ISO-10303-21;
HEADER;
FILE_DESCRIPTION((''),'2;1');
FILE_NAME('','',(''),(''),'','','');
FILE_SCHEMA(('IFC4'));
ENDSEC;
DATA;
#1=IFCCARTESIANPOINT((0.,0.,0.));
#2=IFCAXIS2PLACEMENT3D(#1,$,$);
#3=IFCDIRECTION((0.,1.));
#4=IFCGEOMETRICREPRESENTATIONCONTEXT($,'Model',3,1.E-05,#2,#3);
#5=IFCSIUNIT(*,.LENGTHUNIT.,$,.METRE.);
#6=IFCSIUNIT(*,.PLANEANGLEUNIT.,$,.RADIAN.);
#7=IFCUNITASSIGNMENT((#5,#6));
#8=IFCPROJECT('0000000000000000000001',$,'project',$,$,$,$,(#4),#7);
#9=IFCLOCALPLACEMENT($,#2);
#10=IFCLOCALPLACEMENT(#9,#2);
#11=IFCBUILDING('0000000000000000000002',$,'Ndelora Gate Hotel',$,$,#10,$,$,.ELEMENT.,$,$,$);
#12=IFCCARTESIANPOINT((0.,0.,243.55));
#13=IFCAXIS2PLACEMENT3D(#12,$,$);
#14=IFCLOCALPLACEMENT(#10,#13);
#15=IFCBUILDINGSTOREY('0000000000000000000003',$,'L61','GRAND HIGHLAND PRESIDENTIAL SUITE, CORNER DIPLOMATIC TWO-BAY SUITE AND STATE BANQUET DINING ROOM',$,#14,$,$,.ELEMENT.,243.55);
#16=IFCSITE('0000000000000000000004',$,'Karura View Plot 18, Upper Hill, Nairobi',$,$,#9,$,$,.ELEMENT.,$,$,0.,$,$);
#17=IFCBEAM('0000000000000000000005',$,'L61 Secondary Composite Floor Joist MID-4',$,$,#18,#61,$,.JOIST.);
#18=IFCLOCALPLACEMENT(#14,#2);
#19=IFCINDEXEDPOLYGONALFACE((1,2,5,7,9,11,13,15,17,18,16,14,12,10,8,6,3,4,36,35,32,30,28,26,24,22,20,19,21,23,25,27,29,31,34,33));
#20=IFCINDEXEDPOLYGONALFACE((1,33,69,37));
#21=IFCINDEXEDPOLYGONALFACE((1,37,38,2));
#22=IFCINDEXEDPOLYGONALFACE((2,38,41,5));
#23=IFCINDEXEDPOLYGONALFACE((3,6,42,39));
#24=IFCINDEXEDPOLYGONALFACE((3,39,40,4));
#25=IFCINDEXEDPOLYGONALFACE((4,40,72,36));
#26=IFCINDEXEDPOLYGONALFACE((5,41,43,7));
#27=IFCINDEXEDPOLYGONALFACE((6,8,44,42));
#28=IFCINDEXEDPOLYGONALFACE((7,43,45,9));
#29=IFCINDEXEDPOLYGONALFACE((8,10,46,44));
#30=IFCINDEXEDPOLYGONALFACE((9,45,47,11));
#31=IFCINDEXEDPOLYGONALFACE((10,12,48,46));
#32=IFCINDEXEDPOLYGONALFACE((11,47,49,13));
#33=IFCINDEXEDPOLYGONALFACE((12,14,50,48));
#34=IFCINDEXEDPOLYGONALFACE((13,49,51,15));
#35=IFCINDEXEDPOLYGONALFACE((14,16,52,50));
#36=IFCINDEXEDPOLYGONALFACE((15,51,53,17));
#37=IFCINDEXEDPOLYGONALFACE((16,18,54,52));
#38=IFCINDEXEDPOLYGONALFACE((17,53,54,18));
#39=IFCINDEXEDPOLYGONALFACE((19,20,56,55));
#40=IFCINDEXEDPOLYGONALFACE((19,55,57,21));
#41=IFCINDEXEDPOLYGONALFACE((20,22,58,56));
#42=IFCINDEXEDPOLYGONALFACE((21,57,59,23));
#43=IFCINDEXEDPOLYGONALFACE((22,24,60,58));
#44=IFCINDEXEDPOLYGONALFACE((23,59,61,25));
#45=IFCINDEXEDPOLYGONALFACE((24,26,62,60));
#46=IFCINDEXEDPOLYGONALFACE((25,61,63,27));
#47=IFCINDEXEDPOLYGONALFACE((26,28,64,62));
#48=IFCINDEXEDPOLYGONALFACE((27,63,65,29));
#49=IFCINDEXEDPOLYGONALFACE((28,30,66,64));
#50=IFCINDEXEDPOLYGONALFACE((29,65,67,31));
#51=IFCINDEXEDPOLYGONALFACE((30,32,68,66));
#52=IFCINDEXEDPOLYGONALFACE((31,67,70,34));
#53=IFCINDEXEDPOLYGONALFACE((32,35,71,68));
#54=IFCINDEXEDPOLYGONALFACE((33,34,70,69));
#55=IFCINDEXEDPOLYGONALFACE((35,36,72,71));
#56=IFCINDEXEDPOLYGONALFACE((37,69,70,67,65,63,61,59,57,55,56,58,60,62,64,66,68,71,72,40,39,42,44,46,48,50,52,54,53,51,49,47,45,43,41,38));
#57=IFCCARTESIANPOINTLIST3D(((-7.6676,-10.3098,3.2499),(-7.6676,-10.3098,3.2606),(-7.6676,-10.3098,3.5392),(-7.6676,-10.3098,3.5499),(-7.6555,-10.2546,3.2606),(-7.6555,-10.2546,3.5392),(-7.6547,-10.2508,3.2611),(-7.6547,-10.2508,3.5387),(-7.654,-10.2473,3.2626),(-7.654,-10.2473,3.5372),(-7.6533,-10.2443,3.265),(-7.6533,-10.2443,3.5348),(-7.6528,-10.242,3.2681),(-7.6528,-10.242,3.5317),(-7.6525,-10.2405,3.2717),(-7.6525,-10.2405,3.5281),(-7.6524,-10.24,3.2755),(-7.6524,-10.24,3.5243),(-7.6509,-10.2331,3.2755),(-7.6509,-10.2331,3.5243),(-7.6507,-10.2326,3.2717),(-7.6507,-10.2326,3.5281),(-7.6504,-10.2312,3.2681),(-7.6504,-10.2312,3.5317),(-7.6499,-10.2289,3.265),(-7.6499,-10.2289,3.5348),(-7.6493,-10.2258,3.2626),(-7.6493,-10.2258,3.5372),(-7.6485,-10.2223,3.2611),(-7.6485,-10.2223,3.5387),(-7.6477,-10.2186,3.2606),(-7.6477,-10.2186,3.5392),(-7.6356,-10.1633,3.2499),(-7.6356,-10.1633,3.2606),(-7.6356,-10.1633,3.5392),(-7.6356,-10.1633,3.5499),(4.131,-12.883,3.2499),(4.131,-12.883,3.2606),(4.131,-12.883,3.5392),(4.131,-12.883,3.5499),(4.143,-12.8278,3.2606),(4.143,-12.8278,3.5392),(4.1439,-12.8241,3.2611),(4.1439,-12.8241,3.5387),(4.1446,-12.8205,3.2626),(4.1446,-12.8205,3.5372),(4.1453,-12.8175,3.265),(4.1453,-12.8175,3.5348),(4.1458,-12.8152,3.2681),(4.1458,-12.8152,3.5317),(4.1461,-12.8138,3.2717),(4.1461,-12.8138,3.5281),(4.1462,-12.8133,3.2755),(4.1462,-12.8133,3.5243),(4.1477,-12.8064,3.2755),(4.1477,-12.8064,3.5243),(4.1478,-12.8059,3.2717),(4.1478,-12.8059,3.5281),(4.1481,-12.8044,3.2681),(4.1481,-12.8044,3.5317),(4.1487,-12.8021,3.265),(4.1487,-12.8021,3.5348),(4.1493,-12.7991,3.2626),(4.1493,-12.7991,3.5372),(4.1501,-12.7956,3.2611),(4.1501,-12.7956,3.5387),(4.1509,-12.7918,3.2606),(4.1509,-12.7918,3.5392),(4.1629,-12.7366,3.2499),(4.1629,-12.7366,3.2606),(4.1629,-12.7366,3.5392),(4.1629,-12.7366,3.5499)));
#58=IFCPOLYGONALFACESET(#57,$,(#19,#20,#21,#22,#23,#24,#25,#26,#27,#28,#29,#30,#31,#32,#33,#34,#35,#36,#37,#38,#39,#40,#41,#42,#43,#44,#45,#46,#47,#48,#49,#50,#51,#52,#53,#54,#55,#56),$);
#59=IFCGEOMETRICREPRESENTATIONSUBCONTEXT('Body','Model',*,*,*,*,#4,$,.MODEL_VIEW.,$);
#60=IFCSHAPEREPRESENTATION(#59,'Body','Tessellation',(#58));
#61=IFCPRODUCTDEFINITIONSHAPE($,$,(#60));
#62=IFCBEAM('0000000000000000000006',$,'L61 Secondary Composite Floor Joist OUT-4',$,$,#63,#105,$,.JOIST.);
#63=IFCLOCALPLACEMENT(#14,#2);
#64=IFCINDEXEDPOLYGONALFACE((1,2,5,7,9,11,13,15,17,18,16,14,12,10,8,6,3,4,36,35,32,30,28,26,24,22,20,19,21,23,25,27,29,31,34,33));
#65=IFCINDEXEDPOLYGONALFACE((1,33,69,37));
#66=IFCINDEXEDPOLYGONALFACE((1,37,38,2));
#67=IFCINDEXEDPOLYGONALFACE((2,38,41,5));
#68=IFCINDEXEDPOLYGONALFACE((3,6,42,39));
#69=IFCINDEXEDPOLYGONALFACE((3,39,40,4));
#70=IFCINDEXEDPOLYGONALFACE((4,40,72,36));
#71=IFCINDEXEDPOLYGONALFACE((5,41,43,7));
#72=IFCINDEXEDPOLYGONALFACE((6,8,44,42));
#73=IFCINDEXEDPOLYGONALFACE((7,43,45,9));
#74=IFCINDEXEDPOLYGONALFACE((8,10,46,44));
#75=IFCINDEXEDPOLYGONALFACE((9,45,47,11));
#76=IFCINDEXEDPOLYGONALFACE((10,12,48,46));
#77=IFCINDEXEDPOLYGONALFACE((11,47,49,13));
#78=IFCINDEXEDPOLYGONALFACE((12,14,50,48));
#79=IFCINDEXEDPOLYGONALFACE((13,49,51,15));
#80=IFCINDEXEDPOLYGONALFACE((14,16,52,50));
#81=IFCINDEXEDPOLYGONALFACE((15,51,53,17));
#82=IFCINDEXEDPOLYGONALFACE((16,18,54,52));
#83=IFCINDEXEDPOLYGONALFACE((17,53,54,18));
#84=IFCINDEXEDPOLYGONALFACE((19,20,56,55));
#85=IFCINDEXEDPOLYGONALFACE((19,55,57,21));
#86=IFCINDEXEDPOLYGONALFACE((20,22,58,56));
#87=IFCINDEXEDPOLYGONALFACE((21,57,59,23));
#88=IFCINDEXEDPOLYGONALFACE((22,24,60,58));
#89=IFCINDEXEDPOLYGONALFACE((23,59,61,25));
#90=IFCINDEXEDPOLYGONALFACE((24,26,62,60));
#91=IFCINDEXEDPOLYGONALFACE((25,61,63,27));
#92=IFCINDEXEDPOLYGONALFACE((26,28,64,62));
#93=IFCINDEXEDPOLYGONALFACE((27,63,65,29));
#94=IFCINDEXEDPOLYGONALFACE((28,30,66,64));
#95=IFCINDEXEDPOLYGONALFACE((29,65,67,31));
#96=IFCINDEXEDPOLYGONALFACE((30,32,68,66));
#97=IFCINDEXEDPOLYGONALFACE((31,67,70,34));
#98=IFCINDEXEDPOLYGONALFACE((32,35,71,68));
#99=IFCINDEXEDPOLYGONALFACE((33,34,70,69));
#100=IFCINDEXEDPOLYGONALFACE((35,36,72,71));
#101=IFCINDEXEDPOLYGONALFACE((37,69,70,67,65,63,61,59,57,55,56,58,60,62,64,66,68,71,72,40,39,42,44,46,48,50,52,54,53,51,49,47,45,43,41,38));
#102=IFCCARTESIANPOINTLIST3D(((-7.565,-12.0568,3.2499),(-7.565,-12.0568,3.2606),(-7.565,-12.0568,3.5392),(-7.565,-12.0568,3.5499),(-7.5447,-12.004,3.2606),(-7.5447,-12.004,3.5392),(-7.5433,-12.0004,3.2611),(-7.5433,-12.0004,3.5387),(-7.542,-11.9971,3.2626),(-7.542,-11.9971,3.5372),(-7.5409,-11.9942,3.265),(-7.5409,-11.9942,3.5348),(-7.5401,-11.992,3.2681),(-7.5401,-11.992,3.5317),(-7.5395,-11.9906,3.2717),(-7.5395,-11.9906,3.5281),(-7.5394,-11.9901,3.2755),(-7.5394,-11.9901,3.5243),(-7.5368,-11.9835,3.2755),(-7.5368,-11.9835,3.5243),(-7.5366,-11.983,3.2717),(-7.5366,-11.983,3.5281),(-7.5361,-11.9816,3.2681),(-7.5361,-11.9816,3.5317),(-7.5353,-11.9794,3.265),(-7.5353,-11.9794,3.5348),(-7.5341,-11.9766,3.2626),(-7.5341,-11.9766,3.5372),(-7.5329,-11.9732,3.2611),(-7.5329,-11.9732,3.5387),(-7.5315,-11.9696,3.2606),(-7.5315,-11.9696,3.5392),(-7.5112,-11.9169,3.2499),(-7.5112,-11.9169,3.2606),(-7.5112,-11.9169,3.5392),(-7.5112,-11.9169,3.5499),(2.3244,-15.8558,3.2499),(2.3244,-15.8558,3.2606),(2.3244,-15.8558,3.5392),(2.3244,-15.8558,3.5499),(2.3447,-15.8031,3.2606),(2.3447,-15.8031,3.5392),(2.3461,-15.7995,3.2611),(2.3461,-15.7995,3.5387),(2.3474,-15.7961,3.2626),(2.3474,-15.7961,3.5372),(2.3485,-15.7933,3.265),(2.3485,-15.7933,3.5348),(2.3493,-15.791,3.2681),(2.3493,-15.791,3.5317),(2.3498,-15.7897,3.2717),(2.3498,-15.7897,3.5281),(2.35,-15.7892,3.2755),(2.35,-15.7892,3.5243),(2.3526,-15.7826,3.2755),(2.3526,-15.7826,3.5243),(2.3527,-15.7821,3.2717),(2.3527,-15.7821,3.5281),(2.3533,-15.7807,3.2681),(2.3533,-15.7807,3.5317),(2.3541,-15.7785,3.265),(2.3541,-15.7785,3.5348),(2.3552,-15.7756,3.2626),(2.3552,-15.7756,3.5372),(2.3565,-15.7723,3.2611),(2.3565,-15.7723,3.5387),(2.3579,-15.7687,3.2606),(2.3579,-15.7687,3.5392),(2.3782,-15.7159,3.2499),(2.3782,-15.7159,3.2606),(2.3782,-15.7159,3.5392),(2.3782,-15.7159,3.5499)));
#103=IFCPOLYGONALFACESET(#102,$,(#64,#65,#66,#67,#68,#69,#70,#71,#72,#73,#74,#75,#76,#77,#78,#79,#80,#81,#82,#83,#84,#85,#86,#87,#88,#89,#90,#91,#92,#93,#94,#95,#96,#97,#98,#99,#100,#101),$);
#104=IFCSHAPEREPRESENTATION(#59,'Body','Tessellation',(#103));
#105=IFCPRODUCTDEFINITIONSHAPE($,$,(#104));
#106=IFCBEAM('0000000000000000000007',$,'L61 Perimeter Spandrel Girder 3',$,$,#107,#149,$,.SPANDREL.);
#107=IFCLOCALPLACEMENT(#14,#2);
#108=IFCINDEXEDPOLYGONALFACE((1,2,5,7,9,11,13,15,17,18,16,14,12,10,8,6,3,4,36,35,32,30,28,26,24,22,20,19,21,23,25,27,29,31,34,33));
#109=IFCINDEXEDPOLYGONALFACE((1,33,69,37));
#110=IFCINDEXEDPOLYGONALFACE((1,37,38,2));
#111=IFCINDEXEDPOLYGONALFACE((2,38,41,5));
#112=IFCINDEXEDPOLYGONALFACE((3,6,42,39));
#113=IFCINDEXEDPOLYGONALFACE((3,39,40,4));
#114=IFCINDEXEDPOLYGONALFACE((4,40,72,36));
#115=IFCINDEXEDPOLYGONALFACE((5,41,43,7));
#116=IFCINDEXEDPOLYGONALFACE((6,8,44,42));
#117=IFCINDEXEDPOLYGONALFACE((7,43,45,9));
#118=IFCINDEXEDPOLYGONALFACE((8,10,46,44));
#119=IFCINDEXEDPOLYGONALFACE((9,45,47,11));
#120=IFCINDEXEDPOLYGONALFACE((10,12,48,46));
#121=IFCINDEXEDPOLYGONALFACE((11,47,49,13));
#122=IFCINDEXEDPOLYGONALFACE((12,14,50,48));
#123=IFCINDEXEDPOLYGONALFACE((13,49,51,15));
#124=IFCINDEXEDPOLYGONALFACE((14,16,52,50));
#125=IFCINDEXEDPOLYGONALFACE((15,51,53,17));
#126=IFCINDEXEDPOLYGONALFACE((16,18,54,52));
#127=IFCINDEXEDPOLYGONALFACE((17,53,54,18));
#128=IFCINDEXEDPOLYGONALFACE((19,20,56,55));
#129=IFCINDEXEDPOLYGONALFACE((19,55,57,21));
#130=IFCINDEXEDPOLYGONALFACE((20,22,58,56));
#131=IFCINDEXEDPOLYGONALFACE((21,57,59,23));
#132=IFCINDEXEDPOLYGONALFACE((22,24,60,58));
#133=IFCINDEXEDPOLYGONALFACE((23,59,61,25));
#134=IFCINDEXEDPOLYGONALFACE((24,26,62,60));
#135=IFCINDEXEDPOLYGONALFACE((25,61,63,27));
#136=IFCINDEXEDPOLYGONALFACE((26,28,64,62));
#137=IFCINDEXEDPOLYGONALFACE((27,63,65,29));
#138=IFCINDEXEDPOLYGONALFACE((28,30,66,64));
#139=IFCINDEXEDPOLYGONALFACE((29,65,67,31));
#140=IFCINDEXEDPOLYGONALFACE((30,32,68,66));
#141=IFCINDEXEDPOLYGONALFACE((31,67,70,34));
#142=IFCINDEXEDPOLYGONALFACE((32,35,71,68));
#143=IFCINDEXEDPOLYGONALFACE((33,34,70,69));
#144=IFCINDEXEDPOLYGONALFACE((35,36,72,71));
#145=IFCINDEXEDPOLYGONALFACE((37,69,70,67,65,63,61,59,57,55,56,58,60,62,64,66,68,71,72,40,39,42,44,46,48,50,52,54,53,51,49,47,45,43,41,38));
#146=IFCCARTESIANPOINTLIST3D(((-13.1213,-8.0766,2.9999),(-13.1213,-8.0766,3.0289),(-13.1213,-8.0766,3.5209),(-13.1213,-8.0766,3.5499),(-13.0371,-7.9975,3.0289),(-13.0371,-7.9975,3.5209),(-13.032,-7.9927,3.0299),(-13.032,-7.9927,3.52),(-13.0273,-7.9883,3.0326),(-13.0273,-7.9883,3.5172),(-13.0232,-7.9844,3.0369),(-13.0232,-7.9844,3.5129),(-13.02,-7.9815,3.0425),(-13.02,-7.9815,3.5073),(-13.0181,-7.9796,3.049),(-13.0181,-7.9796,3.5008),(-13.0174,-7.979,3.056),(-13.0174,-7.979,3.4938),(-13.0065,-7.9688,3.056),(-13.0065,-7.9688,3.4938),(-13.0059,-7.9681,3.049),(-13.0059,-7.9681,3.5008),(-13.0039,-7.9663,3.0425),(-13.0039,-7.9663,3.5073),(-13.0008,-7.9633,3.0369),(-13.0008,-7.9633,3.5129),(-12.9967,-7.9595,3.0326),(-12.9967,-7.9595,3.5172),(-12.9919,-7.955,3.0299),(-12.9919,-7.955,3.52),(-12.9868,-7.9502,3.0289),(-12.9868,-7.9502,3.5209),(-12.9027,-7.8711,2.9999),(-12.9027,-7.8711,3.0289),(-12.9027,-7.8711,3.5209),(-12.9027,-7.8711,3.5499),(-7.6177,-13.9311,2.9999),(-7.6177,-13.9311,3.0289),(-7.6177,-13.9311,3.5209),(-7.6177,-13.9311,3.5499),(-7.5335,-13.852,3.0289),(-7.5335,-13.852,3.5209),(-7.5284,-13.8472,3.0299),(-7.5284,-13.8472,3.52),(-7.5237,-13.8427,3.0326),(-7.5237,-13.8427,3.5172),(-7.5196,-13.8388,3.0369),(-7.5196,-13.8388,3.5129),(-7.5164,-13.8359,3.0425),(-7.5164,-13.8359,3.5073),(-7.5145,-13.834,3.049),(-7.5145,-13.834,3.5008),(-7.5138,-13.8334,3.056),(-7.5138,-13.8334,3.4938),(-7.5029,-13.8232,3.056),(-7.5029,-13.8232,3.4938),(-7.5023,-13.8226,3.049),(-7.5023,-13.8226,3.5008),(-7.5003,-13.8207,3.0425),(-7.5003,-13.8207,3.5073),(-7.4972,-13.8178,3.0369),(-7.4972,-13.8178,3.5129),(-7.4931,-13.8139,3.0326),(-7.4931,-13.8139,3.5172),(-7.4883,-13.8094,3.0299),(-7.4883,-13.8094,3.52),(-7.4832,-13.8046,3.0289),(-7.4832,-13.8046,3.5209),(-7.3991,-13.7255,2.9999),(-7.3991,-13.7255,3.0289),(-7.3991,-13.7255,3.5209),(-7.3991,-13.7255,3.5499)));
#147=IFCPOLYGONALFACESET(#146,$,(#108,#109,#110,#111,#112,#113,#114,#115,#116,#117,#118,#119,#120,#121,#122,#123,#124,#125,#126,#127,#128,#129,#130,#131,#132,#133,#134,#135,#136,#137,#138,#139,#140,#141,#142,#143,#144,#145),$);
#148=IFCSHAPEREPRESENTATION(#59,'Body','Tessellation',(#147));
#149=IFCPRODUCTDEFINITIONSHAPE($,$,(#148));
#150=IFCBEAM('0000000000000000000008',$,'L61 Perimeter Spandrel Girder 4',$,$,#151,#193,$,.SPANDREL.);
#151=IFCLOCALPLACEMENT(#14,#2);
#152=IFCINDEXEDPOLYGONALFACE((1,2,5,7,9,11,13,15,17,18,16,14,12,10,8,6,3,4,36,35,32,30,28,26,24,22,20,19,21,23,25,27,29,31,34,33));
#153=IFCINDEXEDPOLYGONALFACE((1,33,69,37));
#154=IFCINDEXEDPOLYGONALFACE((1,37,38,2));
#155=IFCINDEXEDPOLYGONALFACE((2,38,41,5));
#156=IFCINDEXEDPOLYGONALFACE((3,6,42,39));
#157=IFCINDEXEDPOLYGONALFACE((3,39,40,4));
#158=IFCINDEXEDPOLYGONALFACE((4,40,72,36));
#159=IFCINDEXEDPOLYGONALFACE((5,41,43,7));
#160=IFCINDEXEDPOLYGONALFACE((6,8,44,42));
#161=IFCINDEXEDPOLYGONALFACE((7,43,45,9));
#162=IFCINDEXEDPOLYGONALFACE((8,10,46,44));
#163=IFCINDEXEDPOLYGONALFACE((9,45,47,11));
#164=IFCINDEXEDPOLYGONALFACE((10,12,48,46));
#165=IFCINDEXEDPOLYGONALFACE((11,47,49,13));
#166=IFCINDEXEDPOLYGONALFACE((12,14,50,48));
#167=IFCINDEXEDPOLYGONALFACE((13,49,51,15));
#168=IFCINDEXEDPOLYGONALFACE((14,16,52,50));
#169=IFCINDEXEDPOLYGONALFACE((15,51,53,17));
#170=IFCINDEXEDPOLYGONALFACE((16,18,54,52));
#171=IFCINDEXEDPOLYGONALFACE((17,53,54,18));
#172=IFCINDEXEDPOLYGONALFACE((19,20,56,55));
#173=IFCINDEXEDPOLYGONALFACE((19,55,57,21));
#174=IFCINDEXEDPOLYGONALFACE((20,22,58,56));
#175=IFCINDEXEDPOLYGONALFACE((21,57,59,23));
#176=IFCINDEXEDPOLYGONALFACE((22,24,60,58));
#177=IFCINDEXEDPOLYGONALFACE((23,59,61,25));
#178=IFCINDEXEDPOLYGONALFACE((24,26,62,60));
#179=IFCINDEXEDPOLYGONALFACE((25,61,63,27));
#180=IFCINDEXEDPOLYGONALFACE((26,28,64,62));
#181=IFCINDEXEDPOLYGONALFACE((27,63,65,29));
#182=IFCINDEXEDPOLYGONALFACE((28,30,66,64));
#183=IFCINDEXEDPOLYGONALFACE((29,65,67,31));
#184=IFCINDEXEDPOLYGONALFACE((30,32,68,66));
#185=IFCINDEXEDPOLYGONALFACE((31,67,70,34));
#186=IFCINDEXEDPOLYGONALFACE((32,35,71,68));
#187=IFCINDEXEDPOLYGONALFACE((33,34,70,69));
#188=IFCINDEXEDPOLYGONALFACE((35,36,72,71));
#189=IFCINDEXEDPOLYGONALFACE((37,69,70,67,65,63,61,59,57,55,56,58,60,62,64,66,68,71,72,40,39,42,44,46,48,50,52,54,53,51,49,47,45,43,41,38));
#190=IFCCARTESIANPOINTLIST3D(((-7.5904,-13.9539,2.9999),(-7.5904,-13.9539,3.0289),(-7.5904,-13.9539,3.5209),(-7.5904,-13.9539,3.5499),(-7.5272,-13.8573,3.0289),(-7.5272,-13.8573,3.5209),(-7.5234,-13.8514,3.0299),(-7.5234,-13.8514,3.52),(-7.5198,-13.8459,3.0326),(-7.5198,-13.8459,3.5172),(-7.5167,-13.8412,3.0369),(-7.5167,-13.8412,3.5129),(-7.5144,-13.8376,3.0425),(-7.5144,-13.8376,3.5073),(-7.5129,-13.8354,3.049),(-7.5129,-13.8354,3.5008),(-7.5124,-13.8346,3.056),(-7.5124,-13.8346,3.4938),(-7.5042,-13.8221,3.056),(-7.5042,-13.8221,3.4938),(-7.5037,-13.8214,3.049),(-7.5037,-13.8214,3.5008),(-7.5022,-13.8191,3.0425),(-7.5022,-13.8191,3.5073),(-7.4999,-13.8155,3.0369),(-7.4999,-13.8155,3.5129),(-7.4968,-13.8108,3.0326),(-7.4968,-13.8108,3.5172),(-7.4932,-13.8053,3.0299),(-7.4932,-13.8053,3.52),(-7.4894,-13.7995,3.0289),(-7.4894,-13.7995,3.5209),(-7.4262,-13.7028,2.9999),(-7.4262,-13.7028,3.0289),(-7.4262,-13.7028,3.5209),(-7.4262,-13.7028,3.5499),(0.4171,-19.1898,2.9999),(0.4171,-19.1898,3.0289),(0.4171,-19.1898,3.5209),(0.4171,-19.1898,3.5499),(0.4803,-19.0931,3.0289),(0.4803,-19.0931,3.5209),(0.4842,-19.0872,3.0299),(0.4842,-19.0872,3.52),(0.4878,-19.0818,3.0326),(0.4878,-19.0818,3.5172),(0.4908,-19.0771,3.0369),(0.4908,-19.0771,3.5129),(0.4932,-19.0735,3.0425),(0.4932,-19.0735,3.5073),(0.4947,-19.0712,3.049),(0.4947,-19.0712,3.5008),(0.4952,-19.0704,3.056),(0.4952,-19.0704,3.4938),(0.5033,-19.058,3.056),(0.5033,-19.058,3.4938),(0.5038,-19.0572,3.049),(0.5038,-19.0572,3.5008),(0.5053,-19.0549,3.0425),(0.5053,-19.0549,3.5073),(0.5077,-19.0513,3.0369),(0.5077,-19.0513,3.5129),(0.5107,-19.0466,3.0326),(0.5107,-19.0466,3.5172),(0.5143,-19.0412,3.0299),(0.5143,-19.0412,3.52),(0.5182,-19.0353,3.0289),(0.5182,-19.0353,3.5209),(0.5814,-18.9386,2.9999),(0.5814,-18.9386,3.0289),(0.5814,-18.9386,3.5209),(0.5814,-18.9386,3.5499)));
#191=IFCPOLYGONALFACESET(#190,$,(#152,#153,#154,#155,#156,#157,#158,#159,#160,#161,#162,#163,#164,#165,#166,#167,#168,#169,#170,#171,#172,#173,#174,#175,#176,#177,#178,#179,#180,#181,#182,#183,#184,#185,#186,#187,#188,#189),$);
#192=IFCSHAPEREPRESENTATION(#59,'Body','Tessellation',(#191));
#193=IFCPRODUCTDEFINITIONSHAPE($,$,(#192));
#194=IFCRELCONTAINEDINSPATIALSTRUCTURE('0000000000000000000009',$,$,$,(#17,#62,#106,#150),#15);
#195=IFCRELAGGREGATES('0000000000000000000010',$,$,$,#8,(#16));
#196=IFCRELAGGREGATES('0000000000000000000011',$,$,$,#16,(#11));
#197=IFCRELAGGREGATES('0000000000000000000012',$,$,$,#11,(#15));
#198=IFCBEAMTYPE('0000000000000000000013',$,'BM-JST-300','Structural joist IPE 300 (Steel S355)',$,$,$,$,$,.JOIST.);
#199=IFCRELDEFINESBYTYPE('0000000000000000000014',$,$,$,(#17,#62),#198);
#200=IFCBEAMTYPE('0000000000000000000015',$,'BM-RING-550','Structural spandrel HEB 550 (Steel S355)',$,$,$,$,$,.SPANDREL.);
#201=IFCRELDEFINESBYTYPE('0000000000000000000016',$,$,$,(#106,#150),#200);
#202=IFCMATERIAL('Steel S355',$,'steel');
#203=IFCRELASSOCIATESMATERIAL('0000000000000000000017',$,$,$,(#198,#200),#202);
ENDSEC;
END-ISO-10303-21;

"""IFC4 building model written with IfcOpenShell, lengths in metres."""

from ifc_helpers import new_model, si_unit, direction, frame, origin, origin_2d, place, context, subcontext, project, spatial, i_section, extrude, material, material_profile, profile_set, type_object, element, save


model = new_model("IFC4")

# Units and contexts
model_context = context("Model", 3, precision=1e-05, world=origin(), true_north=direction((0.0, 1.0)))
body_context = subcontext(model_context, "Body", "Model", "MODEL_VIEW")
ifc_project = project(units=[si_unit("LENGTHUNIT", "METRE"), si_unit("PLANEANGLEUNIT", "RADIAN")], contexts=[model_context])

# Site, building, storey
site_placement = place(None, origin())
site = spatial("IfcSite", under=ifc_project, at=site_placement, Name="Karura View Plot 18, Upper Hill, Nairobi", CompositionType="ELEMENT", RefElevation=0.0)
building_placement = place(site_placement, origin())
building = spatial("IfcBuilding", under=site, at=building_placement, Name="Ndelora Gate Hotel", CompositionType="ELEMENT")
storey_placement = place(building_placement, frame((0.0, 0.0, 243.55)))
storey = spatial("IfcBuildingStorey", under=building, at=storey_placement, Name="L61", Description="GRAND HIGHLAND PRESIDENTIAL SUITE, CORNER DIPLOMATIC TWO-BAY SUITE AND STATE BANQUET DINING ROOM", CompositionType="ELEMENT", Elevation=243.55)

# Beams
ifc_material_1 = material(Name="Steel S355", Category="steel")
ifc_material_profile_1 = material_profile(ifc_material_1, i_section(OverallWidth=0.1499, OverallDepth=0.3, WebThickness=0.0071, FlangeThickness=0.0107, FilletRadius=0.0149, at=origin_2d()), Name="IPE 300")
ifc_profile_set_1 = profile_set([ifc_material_profile_1], Name="Steel S355")
beam_type_1 = type_object("IfcBeamType", Name="BM-JST-300", Description="Structural joist IPE 300 (Steel S355)", PredefinedType="JOIST", material=ifc_profile_set_1)
beam_1_placement = place(storey_placement, frame((-7.6516, -10.2366, 3.3999), z_axis=(0.977033, -0.213088, 0.0), x_axis=(0.213088, 0.977033, 0.0)))
element("IfcBeam", 1, at=beam_1_placement, inside=storey, type_object=beam_type_1, Name="L61 Secondary Composite Floor Joist MID-4", PredefinedType="JOIST", context=body_context, shape_type="SweptSolid", body=[
    extrude(i_section(OverallWidth=0.1499, OverallDepth=0.3, WebThickness=0.0071, FlangeThickness=0.0107, FilletRadius=0.0149, at=origin_2d()), origin(), (0.0, 0.0, 1.0), 12.0759),
])
beam_2_placement = place(storey_placement, frame((-7.5381, -11.9868, 3.3999), z_axis=(0.933489, -0.358605, 0.0), x_axis=(0.358605, 0.933489, 0.0)))
element("IfcBeam", 2, at=beam_2_placement, inside=storey, type_object=beam_type_1, Name="L61 Secondary Composite Floor Joist OUT-4", PredefinedType="JOIST", context=body_context, shape_type="SweptSolid", body=[
    extrude(i_section(OverallWidth=0.1499, OverallDepth=0.3, WebThickness=0.0071, FlangeThickness=0.0107, FilletRadius=0.0149, at=origin_2d()), origin(), (0.0, 0.0, 1.0), 10.594),
])
ifc_material_profile_2 = material_profile(ifc_material_1, i_section(OverallWidth=0.3, OverallDepth=0.55, WebThickness=0.0149, FlangeThickness=0.0291, FilletRadius=0.0271, at=origin_2d()), Name="HEB 550")
ifc_profile_set_2 = profile_set([ifc_material_profile_2], Name="Steel S355")
beam_type_2 = type_object("IfcBeamType", Name="BM-RING-550", Description="Structural spandrel HEB 550 (Steel S355)", PredefinedType="SPANDREL", material=ifc_profile_set_2)
beam_3_placement = place(storey_placement, frame((-13.012, -7.9739, 3.2749), z_axis=(0.684939, -0.7286, 0.0), x_axis=(0.7286, 0.684939, 0.0)))
element("IfcBeam", 3, at=beam_3_placement, inside=storey, type_object=beam_type_2, Name="L61 Perimeter Spandrel Girder 3", PredefinedType="SPANDREL", context=body_context, shape_type="SweptSolid", body=[
    extrude(i_section(OverallWidth=0.3, OverallDepth=0.55, WebThickness=0.0149, FlangeThickness=0.0291, FilletRadius=0.0271, at=origin_2d()), origin(), (0.0, 0.0, 1.0), 8.0352),
])
beam_4_placement = place(storey_placement, frame((-7.5083, -13.8284, 3.2749), z_axis=(0.836964, -0.547258, 0.0), x_axis=(0.547258, 0.836964, 0.0)))
element("IfcBeam", 4, at=beam_4_placement, inside=storey, type_object=beam_type_2, Name="L61 Perimeter Spandrel Girder 4", PredefinedType="SPANDREL", context=body_context, shape_type="SweptSolid", body=[
    extrude(i_section(OverallWidth=0.3, OverallDepth=0.55, WebThickness=0.0149, FlangeThickness=0.0291, FilletRadius=0.0271, at=origin_2d()), origin(), (0.0, 0.0, 1.0), 9.5674),
])

save(model, "model.ifc")
